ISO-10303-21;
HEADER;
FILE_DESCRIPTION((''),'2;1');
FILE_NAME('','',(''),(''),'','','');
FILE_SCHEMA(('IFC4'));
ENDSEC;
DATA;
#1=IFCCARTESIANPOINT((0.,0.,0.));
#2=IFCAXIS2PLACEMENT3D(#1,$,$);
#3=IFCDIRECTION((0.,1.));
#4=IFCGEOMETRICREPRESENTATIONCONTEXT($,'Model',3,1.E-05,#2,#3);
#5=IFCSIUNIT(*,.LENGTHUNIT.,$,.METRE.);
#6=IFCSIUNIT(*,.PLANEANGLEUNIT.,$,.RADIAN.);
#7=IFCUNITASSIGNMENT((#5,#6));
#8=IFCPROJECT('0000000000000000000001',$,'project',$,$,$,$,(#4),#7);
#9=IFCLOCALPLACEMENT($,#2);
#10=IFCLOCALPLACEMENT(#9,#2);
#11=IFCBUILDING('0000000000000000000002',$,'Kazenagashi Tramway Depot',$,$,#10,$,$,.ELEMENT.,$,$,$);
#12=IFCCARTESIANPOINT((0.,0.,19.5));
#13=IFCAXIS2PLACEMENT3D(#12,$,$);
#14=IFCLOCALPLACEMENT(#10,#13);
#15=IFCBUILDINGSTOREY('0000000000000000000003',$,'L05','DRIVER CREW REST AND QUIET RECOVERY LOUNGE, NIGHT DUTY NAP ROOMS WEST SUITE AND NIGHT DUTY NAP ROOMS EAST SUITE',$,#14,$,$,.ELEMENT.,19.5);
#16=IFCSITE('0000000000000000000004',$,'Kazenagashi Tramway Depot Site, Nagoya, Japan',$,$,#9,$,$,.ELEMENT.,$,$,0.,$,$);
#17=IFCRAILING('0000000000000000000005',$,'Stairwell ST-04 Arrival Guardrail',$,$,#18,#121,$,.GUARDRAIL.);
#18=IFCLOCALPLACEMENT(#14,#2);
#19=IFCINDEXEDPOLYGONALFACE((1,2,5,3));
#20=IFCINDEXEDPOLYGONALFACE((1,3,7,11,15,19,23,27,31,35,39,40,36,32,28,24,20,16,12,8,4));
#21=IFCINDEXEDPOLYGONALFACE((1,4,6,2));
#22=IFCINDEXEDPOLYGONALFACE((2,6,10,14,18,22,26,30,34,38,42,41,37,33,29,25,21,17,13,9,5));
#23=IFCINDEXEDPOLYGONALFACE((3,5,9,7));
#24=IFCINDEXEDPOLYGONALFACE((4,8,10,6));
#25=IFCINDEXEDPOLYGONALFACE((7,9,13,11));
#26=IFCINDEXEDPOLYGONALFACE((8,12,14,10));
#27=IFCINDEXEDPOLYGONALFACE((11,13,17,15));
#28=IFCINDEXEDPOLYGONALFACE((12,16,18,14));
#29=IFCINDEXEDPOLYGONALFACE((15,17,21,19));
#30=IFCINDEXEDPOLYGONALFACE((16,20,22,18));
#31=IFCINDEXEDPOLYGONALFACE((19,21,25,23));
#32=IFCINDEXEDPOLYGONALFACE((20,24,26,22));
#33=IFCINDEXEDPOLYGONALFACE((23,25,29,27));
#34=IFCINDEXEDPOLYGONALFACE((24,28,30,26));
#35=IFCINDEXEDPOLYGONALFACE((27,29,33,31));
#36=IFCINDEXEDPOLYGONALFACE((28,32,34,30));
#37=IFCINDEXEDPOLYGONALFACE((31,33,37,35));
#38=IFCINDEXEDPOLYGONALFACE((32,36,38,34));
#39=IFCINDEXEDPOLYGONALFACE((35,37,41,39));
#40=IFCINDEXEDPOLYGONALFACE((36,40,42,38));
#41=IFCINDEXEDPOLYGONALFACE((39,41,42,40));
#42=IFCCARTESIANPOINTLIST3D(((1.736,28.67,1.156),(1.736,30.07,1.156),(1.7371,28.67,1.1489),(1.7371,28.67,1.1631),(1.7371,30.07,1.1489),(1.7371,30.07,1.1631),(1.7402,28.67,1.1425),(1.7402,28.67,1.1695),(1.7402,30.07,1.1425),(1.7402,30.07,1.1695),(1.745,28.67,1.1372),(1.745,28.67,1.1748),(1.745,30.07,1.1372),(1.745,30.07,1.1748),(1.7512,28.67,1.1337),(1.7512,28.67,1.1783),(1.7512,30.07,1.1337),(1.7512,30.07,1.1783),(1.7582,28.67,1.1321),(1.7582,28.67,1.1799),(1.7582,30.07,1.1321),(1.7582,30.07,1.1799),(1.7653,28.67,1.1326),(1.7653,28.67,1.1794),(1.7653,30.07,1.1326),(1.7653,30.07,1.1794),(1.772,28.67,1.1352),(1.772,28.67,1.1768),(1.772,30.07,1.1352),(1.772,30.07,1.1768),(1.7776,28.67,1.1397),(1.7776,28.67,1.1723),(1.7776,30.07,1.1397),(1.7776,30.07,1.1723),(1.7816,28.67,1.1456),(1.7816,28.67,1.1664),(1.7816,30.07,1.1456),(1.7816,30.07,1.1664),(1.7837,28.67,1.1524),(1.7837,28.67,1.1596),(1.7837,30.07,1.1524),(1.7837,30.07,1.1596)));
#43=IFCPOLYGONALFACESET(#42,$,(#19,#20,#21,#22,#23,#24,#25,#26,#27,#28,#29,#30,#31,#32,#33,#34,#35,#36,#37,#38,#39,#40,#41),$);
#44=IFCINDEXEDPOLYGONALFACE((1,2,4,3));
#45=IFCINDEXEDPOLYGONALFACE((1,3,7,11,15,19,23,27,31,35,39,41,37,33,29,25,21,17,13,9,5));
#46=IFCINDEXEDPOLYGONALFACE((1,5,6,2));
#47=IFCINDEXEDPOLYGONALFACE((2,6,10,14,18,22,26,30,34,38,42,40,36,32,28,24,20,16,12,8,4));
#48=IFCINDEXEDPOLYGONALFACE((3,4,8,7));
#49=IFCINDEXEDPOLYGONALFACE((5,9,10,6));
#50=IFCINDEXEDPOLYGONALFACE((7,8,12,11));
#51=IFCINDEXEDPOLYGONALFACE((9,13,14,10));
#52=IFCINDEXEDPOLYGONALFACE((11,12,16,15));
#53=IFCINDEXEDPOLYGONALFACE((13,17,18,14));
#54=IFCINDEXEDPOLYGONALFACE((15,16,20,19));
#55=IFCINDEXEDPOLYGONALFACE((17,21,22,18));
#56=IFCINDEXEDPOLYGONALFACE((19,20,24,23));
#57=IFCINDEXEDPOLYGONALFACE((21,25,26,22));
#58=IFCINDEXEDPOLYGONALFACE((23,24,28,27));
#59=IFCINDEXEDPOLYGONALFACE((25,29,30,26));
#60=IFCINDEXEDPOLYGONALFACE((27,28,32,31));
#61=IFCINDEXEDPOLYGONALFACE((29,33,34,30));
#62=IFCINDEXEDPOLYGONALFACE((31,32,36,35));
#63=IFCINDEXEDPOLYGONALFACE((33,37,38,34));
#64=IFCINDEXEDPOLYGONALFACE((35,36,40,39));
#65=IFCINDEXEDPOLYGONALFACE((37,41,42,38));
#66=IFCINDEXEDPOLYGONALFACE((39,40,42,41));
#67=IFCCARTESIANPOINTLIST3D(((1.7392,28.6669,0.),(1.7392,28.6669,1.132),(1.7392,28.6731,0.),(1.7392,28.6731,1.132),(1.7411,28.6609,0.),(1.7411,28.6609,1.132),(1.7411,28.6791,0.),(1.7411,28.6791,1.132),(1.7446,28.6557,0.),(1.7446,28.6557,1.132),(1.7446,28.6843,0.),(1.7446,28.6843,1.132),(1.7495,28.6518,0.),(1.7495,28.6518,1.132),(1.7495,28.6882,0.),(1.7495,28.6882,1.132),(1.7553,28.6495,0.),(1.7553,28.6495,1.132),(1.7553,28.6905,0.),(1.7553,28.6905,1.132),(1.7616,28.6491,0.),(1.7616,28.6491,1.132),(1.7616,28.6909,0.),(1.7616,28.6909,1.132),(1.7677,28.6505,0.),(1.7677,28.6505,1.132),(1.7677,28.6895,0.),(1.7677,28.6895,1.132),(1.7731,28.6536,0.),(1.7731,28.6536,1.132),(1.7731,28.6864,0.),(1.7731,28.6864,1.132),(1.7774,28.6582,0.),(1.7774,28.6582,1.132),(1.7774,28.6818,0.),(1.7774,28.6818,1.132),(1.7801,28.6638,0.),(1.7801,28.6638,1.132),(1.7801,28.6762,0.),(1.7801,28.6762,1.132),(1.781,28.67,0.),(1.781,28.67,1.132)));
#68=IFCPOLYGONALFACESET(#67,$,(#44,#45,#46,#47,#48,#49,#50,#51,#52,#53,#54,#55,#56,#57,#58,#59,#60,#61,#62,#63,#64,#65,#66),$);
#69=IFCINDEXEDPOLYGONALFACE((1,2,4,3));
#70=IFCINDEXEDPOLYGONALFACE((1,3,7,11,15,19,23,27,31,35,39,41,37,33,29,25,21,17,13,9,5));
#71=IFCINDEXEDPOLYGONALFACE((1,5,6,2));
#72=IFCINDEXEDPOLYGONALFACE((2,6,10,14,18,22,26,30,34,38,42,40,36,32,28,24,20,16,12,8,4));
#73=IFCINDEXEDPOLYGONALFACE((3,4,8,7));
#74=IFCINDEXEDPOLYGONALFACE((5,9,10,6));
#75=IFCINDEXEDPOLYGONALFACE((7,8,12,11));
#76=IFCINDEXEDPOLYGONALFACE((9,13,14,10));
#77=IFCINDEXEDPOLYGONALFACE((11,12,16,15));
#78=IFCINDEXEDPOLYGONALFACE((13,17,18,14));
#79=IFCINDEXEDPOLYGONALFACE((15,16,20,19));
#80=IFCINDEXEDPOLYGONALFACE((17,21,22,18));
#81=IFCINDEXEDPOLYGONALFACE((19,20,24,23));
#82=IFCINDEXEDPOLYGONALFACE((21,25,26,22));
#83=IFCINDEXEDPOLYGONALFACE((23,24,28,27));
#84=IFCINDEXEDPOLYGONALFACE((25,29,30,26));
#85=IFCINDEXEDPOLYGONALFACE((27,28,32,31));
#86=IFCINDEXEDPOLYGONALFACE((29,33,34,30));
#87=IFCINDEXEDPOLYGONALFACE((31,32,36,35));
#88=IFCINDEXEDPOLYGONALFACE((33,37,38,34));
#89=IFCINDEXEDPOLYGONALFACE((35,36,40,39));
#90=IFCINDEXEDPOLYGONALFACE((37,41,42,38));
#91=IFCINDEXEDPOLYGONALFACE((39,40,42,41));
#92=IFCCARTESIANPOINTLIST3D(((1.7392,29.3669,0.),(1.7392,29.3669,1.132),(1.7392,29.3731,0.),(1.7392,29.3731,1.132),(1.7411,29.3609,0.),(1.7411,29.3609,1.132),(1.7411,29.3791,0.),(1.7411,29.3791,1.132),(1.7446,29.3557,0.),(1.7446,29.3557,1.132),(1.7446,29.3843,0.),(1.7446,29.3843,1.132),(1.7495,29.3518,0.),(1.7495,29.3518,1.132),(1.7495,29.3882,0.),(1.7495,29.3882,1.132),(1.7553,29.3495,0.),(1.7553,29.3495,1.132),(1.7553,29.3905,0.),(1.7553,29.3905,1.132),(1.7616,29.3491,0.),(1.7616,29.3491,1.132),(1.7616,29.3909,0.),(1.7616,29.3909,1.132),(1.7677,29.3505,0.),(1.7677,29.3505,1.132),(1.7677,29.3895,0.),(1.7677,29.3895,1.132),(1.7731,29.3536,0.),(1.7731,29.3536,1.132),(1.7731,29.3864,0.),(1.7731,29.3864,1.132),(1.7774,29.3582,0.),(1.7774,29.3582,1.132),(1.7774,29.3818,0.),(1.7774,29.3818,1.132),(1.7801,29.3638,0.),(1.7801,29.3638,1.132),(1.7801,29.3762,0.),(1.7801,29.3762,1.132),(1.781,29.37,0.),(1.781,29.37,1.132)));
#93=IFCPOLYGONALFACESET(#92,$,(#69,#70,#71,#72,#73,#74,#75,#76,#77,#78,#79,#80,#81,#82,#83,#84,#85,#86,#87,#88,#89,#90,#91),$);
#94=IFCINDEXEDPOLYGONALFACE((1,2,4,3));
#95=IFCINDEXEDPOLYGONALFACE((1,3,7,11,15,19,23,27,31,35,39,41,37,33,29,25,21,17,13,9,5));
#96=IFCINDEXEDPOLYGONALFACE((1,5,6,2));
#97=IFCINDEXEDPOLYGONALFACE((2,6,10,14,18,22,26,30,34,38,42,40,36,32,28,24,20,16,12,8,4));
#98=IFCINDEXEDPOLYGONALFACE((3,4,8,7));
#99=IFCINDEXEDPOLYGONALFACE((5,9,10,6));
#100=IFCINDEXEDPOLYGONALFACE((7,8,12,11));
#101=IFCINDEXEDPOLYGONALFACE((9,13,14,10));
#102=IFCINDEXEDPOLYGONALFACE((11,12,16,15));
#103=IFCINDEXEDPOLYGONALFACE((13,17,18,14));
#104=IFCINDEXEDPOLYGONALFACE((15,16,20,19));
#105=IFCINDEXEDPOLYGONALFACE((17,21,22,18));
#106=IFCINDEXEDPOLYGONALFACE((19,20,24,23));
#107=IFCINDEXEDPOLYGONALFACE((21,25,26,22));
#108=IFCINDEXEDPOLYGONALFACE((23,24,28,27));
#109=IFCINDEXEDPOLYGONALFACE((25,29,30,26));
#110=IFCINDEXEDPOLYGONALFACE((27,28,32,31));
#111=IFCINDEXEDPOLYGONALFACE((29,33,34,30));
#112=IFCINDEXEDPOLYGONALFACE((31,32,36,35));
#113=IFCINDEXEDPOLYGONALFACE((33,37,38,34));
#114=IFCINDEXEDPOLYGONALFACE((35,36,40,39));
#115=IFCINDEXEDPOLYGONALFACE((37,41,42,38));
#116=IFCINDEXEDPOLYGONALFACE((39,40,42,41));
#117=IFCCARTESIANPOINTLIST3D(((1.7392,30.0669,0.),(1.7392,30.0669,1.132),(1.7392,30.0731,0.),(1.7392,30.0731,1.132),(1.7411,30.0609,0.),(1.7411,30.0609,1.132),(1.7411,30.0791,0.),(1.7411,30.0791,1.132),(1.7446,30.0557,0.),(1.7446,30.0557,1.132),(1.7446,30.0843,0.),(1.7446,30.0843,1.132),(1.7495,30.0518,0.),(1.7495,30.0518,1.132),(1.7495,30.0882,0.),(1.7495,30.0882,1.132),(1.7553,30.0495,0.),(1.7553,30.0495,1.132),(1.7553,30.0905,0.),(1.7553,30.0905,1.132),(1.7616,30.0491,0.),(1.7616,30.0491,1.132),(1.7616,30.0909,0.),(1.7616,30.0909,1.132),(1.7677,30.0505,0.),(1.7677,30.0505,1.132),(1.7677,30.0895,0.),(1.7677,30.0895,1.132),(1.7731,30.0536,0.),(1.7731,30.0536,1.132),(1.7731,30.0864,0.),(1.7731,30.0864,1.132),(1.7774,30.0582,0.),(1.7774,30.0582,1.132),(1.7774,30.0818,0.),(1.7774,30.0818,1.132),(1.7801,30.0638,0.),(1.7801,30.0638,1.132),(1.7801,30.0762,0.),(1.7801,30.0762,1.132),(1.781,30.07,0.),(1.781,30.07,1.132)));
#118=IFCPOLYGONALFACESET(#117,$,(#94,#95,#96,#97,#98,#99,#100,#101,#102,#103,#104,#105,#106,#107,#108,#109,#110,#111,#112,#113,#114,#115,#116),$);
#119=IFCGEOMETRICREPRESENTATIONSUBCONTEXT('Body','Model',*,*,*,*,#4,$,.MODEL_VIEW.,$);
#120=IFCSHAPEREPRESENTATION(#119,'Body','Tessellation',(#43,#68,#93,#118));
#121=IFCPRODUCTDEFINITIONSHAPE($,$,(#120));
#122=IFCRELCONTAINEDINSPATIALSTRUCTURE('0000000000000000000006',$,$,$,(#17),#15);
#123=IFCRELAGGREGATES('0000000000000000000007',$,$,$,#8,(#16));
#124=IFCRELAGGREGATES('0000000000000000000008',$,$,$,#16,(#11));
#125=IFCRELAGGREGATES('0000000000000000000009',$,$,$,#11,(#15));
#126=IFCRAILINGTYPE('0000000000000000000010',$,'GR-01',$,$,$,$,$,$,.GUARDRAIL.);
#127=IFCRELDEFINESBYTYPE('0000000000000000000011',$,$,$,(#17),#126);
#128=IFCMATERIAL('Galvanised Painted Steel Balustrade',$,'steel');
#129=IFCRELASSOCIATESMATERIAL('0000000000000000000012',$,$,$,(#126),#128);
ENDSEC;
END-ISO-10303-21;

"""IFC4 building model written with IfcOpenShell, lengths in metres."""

from ifc_helpers import new_model, si_unit, direction, frame, origin, origin_2d, place, context, subcontext, project, spatial, circle, extrude, material, type_object, element, save


model = new_model("IFC4")

# Units and contexts
model_context = context("Model", 3, precision=1e-05, world=origin(), true_north=direction((0.0, 1.0)))
body_context = subcontext(model_context, "Body", "Model", "MODEL_VIEW")
ifc_project = project(units=[si_unit("LENGTHUNIT", "METRE"), si_unit("PLANEANGLEUNIT", "RADIAN")], contexts=[model_context])

# Site, building, storey
site_placement = place(None, origin())
site = spatial("IfcSite", under=ifc_project, at=site_placement, Name="Kazenagashi Tramway Depot Site, Nagoya, Japan", CompositionType="ELEMENT", RefElevation=0.0)
building_placement = place(site_placement, origin())
building = spatial("IfcBuilding", under=site, at=building_placement, Name="Kazenagashi Tramway Depot", CompositionType="ELEMENT")
storey_placement = place(building_placement, frame((0.0, 0.0, 19.5)))
storey = spatial("IfcBuildingStorey", under=building, at=storey_placement, Name="L05", Description="DRIVER CREW REST AND QUIET RECOVERY LOUNGE, NIGHT DUTY NAP ROOMS WEST SUITE AND NIGHT DUTY NAP ROOMS EAST SUITE", CompositionType="ELEMENT", Elevation=19.5)

# Railing
ifc_material_1 = material(Name="Galvanised Painted Steel Balustrade", Category="steel")
railing_type = type_object("IfcRailingType", Name="GR-01", PredefinedType="GUARDRAIL", material=ifc_material_1)
railing_placement = place(storey_placement, frame((1.76, 28.67, 0.0)))
element("IfcRailing", 1, at=railing_placement, inside=storey, type_object=railing_type, Name="Stairwell ST-04 Arrival Guardrail", PredefinedType="GUARDRAIL", context=body_context, shape_type="SweptSolid", body=[
    extrude(circle(Radius=0.024, at=origin_2d()), frame((0.0, 0.0, 1.156), z_axis=(0.0, 1.0, 0.0), x_axis=(-1.0, 0.0, 0.0)), (0.0, 0.0, 1.0), 1.4),
    extrude(circle(Radius=0.021, at=origin_2d()), origin(), (0.0, 0.0, 1.0), 1.132),
    extrude(circle(Radius=0.021, at=origin_2d()), frame((0.0, 0.7, 0.0)), (0.0, 0.0, 1.0), 1.132),
    extrude(circle(Radius=0.021, at=origin_2d()), frame((0.0, 1.4, 0.0)), (0.0, 0.0, 1.0), 1.132),
])

save(model, "model.ifc")
